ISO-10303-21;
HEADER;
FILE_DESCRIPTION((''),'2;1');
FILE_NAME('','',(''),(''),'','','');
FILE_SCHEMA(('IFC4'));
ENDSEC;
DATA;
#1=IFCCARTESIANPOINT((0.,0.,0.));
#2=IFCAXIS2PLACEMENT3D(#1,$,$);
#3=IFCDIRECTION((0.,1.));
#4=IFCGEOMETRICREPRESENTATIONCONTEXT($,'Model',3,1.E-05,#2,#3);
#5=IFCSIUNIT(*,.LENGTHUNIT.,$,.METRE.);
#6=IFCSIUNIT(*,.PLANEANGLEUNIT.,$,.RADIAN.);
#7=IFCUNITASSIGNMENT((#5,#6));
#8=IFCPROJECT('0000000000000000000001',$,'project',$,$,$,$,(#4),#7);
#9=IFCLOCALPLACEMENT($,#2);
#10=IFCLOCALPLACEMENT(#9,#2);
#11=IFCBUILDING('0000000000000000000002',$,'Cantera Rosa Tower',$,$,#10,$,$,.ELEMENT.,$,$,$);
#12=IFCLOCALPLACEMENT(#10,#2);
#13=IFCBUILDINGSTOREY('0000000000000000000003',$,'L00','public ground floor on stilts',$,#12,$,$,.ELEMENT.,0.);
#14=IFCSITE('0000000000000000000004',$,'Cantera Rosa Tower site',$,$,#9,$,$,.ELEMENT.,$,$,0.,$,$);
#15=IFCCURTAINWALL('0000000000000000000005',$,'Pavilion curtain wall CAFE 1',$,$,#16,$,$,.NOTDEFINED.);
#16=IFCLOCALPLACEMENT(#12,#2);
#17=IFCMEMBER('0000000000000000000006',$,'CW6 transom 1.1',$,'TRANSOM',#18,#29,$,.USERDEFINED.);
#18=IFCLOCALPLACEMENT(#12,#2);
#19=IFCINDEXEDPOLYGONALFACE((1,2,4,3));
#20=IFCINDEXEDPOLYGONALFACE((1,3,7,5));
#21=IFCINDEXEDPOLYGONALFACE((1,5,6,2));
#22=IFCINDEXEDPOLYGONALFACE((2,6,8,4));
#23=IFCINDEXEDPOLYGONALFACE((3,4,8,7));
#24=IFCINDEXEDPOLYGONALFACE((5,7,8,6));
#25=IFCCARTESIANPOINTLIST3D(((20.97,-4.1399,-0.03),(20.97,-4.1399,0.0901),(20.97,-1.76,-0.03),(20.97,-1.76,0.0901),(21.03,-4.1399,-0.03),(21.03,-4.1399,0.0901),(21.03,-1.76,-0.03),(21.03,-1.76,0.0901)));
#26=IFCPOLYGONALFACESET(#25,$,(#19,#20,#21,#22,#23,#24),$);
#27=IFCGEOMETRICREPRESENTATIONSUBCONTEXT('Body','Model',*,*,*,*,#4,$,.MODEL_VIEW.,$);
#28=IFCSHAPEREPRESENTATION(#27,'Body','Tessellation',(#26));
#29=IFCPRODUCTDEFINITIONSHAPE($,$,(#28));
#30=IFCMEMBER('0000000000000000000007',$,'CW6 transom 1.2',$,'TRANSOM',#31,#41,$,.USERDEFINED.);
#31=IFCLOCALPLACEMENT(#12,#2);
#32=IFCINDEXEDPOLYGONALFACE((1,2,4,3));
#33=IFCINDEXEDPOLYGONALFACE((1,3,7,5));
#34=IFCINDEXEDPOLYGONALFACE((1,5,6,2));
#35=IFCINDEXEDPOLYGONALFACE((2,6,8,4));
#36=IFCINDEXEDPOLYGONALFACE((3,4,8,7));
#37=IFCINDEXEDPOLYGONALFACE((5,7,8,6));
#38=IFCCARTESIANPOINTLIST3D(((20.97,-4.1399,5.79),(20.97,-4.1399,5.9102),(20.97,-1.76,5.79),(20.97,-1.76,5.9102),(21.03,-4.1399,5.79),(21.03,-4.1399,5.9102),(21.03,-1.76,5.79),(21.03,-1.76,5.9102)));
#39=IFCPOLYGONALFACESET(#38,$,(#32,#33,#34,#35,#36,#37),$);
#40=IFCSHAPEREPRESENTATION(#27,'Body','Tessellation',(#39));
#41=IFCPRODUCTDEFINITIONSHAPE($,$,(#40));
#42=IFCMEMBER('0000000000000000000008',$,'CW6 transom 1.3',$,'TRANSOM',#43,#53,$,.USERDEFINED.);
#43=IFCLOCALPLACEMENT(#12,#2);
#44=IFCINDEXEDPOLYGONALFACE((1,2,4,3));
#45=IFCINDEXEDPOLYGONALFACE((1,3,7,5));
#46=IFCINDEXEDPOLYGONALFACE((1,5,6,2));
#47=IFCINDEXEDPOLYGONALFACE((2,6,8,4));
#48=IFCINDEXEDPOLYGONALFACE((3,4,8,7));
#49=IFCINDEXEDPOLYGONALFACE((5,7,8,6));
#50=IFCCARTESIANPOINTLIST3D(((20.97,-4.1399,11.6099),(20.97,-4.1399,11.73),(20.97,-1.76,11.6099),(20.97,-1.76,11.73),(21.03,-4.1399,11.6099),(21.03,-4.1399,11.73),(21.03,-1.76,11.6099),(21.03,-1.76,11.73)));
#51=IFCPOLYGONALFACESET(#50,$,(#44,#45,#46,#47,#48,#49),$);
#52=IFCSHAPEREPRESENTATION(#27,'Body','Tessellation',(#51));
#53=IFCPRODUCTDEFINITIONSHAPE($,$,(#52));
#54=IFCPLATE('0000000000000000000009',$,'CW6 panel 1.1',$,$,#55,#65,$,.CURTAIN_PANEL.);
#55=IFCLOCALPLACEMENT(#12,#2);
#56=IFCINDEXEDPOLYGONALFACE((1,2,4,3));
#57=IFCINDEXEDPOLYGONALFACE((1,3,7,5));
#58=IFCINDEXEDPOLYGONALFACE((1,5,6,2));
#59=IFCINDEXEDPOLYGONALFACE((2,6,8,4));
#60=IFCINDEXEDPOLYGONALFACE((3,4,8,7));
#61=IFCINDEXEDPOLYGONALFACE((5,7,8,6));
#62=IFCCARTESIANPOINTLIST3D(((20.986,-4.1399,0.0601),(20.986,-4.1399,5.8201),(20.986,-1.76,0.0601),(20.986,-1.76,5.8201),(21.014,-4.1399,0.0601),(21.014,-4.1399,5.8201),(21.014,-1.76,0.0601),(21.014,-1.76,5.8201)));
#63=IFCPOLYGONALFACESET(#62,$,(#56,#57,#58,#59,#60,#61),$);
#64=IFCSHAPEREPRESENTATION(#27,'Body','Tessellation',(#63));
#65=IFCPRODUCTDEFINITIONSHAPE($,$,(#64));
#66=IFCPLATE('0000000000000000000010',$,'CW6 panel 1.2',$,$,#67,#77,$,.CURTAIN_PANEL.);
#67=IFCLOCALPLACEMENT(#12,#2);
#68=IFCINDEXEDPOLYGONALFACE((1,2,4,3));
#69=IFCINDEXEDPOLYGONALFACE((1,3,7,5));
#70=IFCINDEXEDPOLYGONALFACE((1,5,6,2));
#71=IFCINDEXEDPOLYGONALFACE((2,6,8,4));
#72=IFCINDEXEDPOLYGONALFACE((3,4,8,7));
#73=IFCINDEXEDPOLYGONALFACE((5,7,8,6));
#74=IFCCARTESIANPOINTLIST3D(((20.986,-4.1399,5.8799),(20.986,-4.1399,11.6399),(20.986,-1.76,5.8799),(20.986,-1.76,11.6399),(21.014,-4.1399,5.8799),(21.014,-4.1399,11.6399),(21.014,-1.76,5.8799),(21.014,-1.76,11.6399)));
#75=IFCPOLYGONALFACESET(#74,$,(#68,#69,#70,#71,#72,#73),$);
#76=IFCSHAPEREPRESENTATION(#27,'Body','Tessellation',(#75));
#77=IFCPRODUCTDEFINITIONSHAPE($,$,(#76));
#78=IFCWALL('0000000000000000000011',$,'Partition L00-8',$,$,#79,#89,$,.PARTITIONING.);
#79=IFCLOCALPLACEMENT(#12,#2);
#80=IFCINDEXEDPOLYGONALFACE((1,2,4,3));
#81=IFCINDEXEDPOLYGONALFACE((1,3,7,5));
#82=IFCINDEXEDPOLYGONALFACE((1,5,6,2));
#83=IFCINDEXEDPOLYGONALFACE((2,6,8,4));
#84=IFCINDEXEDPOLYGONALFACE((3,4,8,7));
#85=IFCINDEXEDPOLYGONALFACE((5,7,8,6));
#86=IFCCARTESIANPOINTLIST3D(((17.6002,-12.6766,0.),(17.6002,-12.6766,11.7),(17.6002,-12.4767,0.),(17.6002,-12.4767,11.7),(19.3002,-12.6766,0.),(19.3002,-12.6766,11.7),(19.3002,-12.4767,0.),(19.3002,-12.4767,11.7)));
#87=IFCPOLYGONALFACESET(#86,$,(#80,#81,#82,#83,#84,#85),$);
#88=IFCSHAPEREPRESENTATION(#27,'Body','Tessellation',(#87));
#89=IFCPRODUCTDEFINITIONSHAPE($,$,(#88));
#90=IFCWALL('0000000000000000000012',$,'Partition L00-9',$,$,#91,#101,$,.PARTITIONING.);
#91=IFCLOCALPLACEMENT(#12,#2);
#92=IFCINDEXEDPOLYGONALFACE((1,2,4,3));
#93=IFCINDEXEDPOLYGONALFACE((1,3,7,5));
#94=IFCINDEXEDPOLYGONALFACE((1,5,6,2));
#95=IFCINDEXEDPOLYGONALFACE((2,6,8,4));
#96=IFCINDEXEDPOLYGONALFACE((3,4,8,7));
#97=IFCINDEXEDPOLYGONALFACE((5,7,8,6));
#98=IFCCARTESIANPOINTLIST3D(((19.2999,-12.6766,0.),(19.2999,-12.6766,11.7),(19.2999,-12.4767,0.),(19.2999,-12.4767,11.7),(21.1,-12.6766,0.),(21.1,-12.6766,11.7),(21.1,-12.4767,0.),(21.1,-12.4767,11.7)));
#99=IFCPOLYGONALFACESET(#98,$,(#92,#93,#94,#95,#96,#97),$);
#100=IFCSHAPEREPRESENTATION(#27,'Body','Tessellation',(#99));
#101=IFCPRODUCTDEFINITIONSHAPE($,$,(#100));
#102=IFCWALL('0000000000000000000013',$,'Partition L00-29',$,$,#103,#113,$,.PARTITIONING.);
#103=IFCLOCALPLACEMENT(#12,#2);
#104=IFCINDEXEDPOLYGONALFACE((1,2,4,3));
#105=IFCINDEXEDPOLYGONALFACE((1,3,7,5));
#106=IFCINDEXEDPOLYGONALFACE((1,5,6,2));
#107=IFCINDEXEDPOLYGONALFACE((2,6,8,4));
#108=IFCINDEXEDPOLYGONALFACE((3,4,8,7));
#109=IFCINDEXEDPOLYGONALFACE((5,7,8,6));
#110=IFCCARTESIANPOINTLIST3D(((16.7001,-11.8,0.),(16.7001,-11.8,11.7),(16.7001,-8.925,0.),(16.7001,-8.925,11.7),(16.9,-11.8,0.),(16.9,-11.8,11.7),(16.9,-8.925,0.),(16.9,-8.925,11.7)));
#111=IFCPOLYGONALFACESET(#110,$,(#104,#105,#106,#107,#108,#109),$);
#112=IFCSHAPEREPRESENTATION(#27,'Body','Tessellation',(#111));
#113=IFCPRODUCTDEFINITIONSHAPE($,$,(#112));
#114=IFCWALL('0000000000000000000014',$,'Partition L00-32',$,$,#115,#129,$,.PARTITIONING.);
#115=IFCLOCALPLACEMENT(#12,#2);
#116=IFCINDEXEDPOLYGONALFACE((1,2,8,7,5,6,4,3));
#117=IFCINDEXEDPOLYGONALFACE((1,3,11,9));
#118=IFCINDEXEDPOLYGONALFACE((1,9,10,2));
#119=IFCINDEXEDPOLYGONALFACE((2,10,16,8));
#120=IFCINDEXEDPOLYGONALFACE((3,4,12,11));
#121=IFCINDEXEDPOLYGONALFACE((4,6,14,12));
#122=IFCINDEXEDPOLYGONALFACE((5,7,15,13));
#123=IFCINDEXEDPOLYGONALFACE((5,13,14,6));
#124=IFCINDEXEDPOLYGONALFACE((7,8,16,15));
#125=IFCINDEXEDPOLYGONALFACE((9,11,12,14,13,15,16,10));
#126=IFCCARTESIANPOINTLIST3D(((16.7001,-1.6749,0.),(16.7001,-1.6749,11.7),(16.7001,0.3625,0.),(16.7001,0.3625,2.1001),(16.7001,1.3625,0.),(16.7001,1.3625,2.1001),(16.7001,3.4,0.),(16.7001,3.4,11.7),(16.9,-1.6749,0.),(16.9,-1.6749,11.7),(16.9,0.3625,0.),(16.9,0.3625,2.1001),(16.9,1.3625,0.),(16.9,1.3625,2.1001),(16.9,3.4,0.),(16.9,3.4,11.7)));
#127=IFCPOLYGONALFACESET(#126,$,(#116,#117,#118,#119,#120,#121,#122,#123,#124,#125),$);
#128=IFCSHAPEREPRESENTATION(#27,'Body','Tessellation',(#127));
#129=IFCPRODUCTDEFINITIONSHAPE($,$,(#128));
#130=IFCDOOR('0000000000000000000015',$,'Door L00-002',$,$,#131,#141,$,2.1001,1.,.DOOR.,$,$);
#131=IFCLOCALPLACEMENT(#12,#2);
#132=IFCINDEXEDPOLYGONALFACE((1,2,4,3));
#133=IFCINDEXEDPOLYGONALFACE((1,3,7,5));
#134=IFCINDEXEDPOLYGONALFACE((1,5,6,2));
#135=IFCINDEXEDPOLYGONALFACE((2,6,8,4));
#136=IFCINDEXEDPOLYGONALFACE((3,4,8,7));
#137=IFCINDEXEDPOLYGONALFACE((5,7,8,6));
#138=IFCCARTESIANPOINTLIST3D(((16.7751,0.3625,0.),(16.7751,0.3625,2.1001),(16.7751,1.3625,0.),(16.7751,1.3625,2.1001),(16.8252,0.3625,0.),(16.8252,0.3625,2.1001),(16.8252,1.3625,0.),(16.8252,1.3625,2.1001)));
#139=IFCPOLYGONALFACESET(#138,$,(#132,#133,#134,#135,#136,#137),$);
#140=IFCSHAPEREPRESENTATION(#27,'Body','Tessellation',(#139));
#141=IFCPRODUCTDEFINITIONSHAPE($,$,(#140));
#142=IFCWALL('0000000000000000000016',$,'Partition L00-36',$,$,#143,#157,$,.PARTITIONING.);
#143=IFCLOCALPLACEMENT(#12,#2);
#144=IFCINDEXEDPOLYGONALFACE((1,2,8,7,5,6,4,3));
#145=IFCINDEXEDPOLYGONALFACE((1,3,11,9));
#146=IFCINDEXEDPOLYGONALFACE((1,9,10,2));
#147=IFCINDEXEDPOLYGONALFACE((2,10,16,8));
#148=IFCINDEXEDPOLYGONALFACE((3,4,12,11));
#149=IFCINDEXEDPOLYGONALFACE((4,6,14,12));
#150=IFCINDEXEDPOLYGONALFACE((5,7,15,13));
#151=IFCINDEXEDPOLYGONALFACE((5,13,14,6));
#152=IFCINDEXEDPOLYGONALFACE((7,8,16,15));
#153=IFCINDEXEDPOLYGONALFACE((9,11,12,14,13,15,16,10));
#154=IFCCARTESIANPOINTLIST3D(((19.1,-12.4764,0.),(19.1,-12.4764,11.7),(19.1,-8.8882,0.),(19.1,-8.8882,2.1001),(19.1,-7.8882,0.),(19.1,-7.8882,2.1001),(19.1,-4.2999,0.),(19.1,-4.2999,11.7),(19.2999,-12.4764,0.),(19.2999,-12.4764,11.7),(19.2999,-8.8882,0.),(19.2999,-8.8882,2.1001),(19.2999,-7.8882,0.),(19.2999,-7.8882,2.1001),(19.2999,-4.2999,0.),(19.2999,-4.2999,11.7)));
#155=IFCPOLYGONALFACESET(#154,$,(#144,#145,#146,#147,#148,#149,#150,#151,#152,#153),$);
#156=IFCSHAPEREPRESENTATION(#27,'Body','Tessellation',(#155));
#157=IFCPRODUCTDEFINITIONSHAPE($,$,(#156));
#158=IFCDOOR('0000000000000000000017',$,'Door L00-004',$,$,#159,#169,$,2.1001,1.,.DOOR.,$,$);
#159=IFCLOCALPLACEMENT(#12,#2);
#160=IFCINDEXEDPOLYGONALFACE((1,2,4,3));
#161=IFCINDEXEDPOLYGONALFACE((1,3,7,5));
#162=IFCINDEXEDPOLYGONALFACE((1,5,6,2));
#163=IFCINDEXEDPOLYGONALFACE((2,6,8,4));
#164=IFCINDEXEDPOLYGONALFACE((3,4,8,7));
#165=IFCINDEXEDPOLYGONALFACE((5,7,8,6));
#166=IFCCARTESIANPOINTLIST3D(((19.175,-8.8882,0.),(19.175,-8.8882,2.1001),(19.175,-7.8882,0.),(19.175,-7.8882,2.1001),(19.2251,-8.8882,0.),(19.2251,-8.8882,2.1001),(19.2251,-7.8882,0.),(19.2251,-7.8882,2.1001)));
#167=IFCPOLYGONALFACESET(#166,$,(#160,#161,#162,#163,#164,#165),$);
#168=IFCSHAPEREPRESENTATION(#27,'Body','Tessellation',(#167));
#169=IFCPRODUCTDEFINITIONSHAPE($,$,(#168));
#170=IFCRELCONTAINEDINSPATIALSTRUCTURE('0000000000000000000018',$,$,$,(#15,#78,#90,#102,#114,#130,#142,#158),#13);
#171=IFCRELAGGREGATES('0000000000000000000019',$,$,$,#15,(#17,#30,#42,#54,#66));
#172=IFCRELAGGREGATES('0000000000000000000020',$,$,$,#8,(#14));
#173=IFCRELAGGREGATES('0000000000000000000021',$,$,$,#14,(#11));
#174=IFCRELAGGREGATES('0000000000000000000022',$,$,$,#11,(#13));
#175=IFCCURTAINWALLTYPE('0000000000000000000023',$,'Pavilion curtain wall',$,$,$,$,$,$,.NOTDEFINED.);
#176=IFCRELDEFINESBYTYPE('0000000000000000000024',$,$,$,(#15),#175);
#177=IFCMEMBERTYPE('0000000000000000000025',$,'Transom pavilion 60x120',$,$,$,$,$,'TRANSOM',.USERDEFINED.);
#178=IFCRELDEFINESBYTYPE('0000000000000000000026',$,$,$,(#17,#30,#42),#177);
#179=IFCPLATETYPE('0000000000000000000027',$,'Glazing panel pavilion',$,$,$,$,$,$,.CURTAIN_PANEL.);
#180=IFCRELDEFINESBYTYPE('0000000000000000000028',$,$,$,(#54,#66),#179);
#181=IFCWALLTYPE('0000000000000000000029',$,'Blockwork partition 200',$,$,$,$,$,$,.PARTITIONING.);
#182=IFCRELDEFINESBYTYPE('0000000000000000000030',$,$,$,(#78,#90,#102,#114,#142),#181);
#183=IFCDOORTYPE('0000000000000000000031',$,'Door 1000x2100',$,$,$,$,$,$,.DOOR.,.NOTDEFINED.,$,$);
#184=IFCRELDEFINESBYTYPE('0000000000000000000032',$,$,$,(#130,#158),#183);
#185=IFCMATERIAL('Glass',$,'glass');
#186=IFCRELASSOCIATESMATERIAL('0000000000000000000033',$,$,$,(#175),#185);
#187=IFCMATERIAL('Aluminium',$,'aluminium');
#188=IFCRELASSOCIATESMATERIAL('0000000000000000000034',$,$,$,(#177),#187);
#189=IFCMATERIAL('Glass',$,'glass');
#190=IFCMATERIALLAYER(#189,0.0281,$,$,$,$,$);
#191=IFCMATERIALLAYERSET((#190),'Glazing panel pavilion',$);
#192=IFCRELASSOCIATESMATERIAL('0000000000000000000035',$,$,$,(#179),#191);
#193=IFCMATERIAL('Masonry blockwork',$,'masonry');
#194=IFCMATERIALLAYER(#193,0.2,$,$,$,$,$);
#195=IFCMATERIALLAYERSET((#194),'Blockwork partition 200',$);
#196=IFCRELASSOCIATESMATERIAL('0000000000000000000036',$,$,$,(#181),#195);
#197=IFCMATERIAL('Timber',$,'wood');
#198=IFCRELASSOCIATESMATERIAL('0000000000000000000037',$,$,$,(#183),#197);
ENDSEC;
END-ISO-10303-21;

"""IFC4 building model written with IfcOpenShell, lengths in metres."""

from ifc_helpers import new_model, si_unit, direction, frame, frame_2d, origin, origin_2d, place, context, subcontext, project, spatial, rectangle, extrude, material, layer, layer_set, material_profile, profile_set, type_object, element, fill, aggregate, save


model = new_model("IFC4")

# Units and contexts
model_context = context("Model", 3, precision=1e-05, world=origin(), true_north=direction((0.0, 1.0)))
body_context = subcontext(model_context, "Body", "Model", "MODEL_VIEW")
ifc_project = project(units=[si_unit("LENGTHUNIT", "METRE"), si_unit("PLANEANGLEUNIT", "RADIAN")], contexts=[model_context])

# Site, building, storey
site_placement = place(None, origin())
site = spatial("IfcSite", under=ifc_project, at=site_placement, Name="Cantera Rosa Tower site", CompositionType="ELEMENT", RefElevation=0.0)
building_placement = place(site_placement, origin())
building = spatial("IfcBuilding", under=site, at=building_placement, Name="Cantera Rosa Tower", CompositionType="ELEMENT")
storey_placement = place(building_placement, origin())
storey = spatial("IfcBuildingStorey", under=building, at=storey_placement, Name="L00", Description="public ground floor on stilts", CompositionType="ELEMENT", Elevation=0.0)

# Curtain wall, members, plates
ifc_material_1 = material(Name="Glass", Category="glass")
curtain_wall_type = type_object("IfcCurtainWallType", Name="Pavilion curtain wall", PredefinedType="NOTDEFINED", material=ifc_material_1)
curtain_wall_placement = place(storey_placement, origin())
curtain_wall = element("IfcCurtainWall", 1, at=curtain_wall_placement, inside=storey, type_object=curtain_wall_type, Name="Pavilion curtain wall CAFE 1", PredefinedType="NOTDEFINED")
ifc_material_2 = material(Name="Aluminium", Category="aluminium")
ifc_material_profile_1 = material_profile(ifc_material_2, rectangle(XDim=0.0601, YDim=0.1201, at=origin_2d()), Name="Transom pavilion 60x120")
ifc_profile_set_1 = profile_set([ifc_material_profile_1], Name="Aluminium")
member_type_1 = type_object("IfcMemberType", Name="Transom pavilion 60x120", ElementType="TRANSOM", PredefinedType="USERDEFINED", material=ifc_profile_set_1)
member_1_placement = place(storey_placement, frame((21.0, -4.1399, 0.03), z_axis=(0.0, 1.0, 0.0), x_axis=(-1.0, 0.0, 0.0)))
member_1 = element("IfcMember", 2, at=member_1_placement, type_object=member_type_1, Name="CW6 transom 1.1", ObjectType="TRANSOM", PredefinedType="USERDEFINED", context=body_context, shape_type="SweptSolid", body=[
    extrude(rectangle(XDim=0.0601, YDim=0.1201, at=origin_2d()), origin(), (0.0, 0.0, 1.0), 2.3799),
])
member_2_placement = place(storey_placement, frame((21.0, -4.1399, 5.8501), z_axis=(0.0, 1.0, 0.0), x_axis=(-1.0, 0.0, 0.0)))
member_2 = element("IfcMember", 3, at=member_2_placement, type_object=member_type_1, Name="CW6 transom 1.2", ObjectType="TRANSOM", PredefinedType="USERDEFINED", context=body_context, shape_type="SweptSolid", body=[
    extrude(rectangle(XDim=0.0601, YDim=0.1201, at=origin_2d()), origin(), (0.0, 0.0, 1.0), 2.3799),
])
member_3_placement = place(storey_placement, frame((21.0, -4.1399, 11.6699), z_axis=(0.0, 1.0, 0.0), x_axis=(-1.0, 0.0, 0.0)))
member_3 = element("IfcMember", 4, at=member_3_placement, type_object=member_type_1, Name="CW6 transom 1.3", ObjectType="TRANSOM", PredefinedType="USERDEFINED", context=body_context, shape_type="SweptSolid", body=[
    extrude(rectangle(XDim=0.0601, YDim=0.1201, at=origin_2d()), origin(), (0.0, 0.0, 1.0), 2.3799),
])
ifc_material_3 = material(Name="Glass", Category="glass")
ifc_layer_1 = layer(ifc_material_3, 0.0281)
ifc_layer_set_1 = layer_set([ifc_layer_1], Name="Glazing panel pavilion")
plate_type = type_object("IfcPlateType", Name="Glazing panel pavilion", PredefinedType="CURTAIN_PANEL", material=ifc_layer_set_1)
plate_1_placement = place(storey_placement, frame((21.0, -2.95, 0.0601), z_axis=(0.0, 0.0, 1.0), x_axis=(0.0, 1.0, 0.0)))
plate_1 = element("IfcPlate", 5, at=plate_1_placement, type_object=plate_type, Name="CW6 panel 1.1", PredefinedType="CURTAIN_PANEL", context=body_context, shape_type="SweptSolid", body=[
    extrude(rectangle(XDim=2.3799, YDim=0.0281, at=origin_2d()), origin(), (0.0, 0.0, 1.0), 5.76),
])
plate_2_placement = place(storey_placement, frame((21.0, -2.95, 5.8799), z_axis=(0.0, 0.0, 1.0), x_axis=(0.0, 1.0, 0.0)))
plate_2 = element("IfcPlate", 6, at=plate_2_placement, type_object=plate_type, Name="CW6 panel 1.2", PredefinedType="CURTAIN_PANEL", context=body_context, shape_type="SweptSolid", body=[
    extrude(rectangle(XDim=2.3799, YDim=0.0281, at=origin_2d()), origin(), (0.0, 0.0, 1.0), 5.76),
])
aggregate(curtain_wall, [member_1, member_2, member_3, plate_1, plate_2])

# Walls
ifc_material_4 = material(Name="Masonry blockwork", Category="masonry")
ifc_layer_2 = layer(ifc_material_4, 0.2)
ifc_layer_set_2 = layer_set([ifc_layer_2], Name="Blockwork partition 200")
wall_type_1 = type_object("IfcWallType", Name="Blockwork partition 200", PredefinedType="PARTITIONING", material=ifc_layer_set_2)
wall_1_placement = place(storey_placement, frame((17.6001, -12.5767, 0.0), z_axis=(0.0, 0.0, 1.0), x_axis=(1.0, 0.0, 0.0)))
element("IfcWall", 7, at=wall_1_placement, inside=storey, type_object=wall_type_1, Name="Partition L00-8", PredefinedType="PARTITIONING", context=body_context, shape_type="SweptSolid", body=[
    extrude(rectangle(XDim=1.7, YDim=0.2, at=frame_2d((0.8501, 0.0))), origin(), (0.0, 0.0, 1.0), 11.7),
])
wall_2_placement = place(storey_placement, frame((19.3, -12.5767, 0.0), z_axis=(0.0, 0.0, 1.0), x_axis=(1.0, 0.0, 0.0)))
element("IfcWall", 8, at=wall_2_placement, inside=storey, type_object=wall_type_1, Name="Partition L00-9", PredefinedType="PARTITIONING", context=body_context, shape_type="SweptSolid", body=[
    extrude(rectangle(XDim=1.8, YDim=0.2, at=frame_2d((0.8999, 0.0))), origin(), (0.0, 0.0, 1.0), 11.7),
])
wall_3_placement = place(storey_placement, frame((16.8, -11.8, 0.0), z_axis=(0.0, 0.0, 1.0), x_axis=(0.0, 1.0, 0.0)))
element("IfcWall", 9, at=wall_3_placement, inside=storey, type_object=wall_type_1, Name="Partition L00-29", PredefinedType="PARTITIONING", context=body_context, shape_type="SweptSolid", body=[
    extrude(rectangle(XDim=2.875, YDim=0.2, at=frame_2d((1.4375, 0.0))), origin(), (0.0, 0.0, 1.0), 11.7),
])

# Walls, openings, doors
wall_4_placement = place(storey_placement, frame((16.8, -1.675, 0.0), z_axis=(0.0, 0.0, 1.0), x_axis=(0.0, 1.0, 0.0)))
wall_4 = element("IfcWall", 10, at=wall_4_placement, inside=storey, type_object=wall_type_1, Name="Partition L00-32", PredefinedType="PARTITIONING", context=body_context, shape_type="SweptSolid", body=[
    extrude(rectangle(XDim=5.075, YDim=0.2, at=frame_2d((2.5376, 0.0))), origin(), (0.0, 0.0, 1.0), 11.7),
])
opening_1_placement = place(wall_4_placement, frame((2.0376, 0.0, 0.0)))
opening_1 = element("IfcOpeningElement", 11, at=opening_1_placement, cuts=wall_4, PredefinedType="OPENING", context=body_context, shape_type="SweptSolid", body=[
    extrude(rectangle(XDim=1.0, YDim=2.1001, at=frame_2d((0.5, 1.05))), frame((0.0, 0.1099, 0.0), z_axis=(0.0, -1.0, 0.0), x_axis=(1.0, 0.0, 0.0)), (0.0, 0.0, 1.0), 0.22),
])
ifc_material_5 = material(Name="Timber", Category="wood")
door_type_1 = type_object("IfcDoorType", Name="Door 1000x2100", OperationType="NOTDEFINED", PredefinedType="DOOR", material=ifc_material_5)
door_1_placement = place(opening_1_placement, origin())
door_1 = element("IfcDoor", 12, at=door_1_placement, inside=storey, type_object=door_type_1, Name="Door L00-002", OverallHeight=2.1001, OverallWidth=1.0, PredefinedType="DOOR", context=body_context, shape_type="SweptSolid", body=[
    extrude(rectangle(XDim=1.0, YDim=2.1001, at=frame_2d((0.5, 1.05))), frame((0.0, 0.0249, 0.0), z_axis=(0.0, -1.0, 0.0), x_axis=(1.0, 0.0, 0.0)), (0.0, 0.0, 1.0), 0.05),
])
fill(opening_1, door_1)
wall_5_placement = place(storey_placement, frame((19.2, -12.4766, 0.0), z_axis=(0.0, 0.0, 1.0), x_axis=(0.0, 1.0, 0.0)))
wall_5 = element("IfcWall", 13, at=wall_5_placement, inside=storey, type_object=wall_type_1, Name="Partition L00-36", PredefinedType="PARTITIONING", context=body_context, shape_type="SweptSolid", body=[
    extrude(rectangle(XDim=8.1765, YDim=0.2, at=frame_2d((4.0884, 0.0))), origin(), (0.0, 0.0, 1.0), 11.7),
])
opening_2_placement = place(wall_5_placement, frame((3.5884, 0.0, 0.0)))
opening_2 = element("IfcOpeningElement", 14, at=opening_2_placement, cuts=wall_5, PredefinedType="OPENING", context=body_context, shape_type="SweptSolid", body=[
    extrude(rectangle(XDim=1.0, YDim=2.1001, at=frame_2d((0.5, 1.05))), frame((0.0, 0.1099, 0.0), z_axis=(0.0, -1.0, 0.0), x_axis=(1.0, 0.0, 0.0)), (0.0, 0.0, 1.0), 0.22),
])
door_2_placement = place(opening_2_placement, origin())
door_2 = element("IfcDoor", 15, at=door_2_placement, inside=storey, type_object=door_type_1, Name="Door L00-004", OverallHeight=2.1001, OverallWidth=1.0, PredefinedType="DOOR", context=body_context, shape_type="SweptSolid", body=[
    extrude(rectangle(XDim=1.0, YDim=2.1001, at=frame_2d((0.5, 1.05))), frame((0.0, 0.0249, 0.0), z_axis=(0.0, -1.0, 0.0), x_axis=(1.0, 0.0, 0.0)), (0.0, 0.0, 1.0), 0.05),
])
fill(opening_2, door_2)

save(model, "model.ifc")
